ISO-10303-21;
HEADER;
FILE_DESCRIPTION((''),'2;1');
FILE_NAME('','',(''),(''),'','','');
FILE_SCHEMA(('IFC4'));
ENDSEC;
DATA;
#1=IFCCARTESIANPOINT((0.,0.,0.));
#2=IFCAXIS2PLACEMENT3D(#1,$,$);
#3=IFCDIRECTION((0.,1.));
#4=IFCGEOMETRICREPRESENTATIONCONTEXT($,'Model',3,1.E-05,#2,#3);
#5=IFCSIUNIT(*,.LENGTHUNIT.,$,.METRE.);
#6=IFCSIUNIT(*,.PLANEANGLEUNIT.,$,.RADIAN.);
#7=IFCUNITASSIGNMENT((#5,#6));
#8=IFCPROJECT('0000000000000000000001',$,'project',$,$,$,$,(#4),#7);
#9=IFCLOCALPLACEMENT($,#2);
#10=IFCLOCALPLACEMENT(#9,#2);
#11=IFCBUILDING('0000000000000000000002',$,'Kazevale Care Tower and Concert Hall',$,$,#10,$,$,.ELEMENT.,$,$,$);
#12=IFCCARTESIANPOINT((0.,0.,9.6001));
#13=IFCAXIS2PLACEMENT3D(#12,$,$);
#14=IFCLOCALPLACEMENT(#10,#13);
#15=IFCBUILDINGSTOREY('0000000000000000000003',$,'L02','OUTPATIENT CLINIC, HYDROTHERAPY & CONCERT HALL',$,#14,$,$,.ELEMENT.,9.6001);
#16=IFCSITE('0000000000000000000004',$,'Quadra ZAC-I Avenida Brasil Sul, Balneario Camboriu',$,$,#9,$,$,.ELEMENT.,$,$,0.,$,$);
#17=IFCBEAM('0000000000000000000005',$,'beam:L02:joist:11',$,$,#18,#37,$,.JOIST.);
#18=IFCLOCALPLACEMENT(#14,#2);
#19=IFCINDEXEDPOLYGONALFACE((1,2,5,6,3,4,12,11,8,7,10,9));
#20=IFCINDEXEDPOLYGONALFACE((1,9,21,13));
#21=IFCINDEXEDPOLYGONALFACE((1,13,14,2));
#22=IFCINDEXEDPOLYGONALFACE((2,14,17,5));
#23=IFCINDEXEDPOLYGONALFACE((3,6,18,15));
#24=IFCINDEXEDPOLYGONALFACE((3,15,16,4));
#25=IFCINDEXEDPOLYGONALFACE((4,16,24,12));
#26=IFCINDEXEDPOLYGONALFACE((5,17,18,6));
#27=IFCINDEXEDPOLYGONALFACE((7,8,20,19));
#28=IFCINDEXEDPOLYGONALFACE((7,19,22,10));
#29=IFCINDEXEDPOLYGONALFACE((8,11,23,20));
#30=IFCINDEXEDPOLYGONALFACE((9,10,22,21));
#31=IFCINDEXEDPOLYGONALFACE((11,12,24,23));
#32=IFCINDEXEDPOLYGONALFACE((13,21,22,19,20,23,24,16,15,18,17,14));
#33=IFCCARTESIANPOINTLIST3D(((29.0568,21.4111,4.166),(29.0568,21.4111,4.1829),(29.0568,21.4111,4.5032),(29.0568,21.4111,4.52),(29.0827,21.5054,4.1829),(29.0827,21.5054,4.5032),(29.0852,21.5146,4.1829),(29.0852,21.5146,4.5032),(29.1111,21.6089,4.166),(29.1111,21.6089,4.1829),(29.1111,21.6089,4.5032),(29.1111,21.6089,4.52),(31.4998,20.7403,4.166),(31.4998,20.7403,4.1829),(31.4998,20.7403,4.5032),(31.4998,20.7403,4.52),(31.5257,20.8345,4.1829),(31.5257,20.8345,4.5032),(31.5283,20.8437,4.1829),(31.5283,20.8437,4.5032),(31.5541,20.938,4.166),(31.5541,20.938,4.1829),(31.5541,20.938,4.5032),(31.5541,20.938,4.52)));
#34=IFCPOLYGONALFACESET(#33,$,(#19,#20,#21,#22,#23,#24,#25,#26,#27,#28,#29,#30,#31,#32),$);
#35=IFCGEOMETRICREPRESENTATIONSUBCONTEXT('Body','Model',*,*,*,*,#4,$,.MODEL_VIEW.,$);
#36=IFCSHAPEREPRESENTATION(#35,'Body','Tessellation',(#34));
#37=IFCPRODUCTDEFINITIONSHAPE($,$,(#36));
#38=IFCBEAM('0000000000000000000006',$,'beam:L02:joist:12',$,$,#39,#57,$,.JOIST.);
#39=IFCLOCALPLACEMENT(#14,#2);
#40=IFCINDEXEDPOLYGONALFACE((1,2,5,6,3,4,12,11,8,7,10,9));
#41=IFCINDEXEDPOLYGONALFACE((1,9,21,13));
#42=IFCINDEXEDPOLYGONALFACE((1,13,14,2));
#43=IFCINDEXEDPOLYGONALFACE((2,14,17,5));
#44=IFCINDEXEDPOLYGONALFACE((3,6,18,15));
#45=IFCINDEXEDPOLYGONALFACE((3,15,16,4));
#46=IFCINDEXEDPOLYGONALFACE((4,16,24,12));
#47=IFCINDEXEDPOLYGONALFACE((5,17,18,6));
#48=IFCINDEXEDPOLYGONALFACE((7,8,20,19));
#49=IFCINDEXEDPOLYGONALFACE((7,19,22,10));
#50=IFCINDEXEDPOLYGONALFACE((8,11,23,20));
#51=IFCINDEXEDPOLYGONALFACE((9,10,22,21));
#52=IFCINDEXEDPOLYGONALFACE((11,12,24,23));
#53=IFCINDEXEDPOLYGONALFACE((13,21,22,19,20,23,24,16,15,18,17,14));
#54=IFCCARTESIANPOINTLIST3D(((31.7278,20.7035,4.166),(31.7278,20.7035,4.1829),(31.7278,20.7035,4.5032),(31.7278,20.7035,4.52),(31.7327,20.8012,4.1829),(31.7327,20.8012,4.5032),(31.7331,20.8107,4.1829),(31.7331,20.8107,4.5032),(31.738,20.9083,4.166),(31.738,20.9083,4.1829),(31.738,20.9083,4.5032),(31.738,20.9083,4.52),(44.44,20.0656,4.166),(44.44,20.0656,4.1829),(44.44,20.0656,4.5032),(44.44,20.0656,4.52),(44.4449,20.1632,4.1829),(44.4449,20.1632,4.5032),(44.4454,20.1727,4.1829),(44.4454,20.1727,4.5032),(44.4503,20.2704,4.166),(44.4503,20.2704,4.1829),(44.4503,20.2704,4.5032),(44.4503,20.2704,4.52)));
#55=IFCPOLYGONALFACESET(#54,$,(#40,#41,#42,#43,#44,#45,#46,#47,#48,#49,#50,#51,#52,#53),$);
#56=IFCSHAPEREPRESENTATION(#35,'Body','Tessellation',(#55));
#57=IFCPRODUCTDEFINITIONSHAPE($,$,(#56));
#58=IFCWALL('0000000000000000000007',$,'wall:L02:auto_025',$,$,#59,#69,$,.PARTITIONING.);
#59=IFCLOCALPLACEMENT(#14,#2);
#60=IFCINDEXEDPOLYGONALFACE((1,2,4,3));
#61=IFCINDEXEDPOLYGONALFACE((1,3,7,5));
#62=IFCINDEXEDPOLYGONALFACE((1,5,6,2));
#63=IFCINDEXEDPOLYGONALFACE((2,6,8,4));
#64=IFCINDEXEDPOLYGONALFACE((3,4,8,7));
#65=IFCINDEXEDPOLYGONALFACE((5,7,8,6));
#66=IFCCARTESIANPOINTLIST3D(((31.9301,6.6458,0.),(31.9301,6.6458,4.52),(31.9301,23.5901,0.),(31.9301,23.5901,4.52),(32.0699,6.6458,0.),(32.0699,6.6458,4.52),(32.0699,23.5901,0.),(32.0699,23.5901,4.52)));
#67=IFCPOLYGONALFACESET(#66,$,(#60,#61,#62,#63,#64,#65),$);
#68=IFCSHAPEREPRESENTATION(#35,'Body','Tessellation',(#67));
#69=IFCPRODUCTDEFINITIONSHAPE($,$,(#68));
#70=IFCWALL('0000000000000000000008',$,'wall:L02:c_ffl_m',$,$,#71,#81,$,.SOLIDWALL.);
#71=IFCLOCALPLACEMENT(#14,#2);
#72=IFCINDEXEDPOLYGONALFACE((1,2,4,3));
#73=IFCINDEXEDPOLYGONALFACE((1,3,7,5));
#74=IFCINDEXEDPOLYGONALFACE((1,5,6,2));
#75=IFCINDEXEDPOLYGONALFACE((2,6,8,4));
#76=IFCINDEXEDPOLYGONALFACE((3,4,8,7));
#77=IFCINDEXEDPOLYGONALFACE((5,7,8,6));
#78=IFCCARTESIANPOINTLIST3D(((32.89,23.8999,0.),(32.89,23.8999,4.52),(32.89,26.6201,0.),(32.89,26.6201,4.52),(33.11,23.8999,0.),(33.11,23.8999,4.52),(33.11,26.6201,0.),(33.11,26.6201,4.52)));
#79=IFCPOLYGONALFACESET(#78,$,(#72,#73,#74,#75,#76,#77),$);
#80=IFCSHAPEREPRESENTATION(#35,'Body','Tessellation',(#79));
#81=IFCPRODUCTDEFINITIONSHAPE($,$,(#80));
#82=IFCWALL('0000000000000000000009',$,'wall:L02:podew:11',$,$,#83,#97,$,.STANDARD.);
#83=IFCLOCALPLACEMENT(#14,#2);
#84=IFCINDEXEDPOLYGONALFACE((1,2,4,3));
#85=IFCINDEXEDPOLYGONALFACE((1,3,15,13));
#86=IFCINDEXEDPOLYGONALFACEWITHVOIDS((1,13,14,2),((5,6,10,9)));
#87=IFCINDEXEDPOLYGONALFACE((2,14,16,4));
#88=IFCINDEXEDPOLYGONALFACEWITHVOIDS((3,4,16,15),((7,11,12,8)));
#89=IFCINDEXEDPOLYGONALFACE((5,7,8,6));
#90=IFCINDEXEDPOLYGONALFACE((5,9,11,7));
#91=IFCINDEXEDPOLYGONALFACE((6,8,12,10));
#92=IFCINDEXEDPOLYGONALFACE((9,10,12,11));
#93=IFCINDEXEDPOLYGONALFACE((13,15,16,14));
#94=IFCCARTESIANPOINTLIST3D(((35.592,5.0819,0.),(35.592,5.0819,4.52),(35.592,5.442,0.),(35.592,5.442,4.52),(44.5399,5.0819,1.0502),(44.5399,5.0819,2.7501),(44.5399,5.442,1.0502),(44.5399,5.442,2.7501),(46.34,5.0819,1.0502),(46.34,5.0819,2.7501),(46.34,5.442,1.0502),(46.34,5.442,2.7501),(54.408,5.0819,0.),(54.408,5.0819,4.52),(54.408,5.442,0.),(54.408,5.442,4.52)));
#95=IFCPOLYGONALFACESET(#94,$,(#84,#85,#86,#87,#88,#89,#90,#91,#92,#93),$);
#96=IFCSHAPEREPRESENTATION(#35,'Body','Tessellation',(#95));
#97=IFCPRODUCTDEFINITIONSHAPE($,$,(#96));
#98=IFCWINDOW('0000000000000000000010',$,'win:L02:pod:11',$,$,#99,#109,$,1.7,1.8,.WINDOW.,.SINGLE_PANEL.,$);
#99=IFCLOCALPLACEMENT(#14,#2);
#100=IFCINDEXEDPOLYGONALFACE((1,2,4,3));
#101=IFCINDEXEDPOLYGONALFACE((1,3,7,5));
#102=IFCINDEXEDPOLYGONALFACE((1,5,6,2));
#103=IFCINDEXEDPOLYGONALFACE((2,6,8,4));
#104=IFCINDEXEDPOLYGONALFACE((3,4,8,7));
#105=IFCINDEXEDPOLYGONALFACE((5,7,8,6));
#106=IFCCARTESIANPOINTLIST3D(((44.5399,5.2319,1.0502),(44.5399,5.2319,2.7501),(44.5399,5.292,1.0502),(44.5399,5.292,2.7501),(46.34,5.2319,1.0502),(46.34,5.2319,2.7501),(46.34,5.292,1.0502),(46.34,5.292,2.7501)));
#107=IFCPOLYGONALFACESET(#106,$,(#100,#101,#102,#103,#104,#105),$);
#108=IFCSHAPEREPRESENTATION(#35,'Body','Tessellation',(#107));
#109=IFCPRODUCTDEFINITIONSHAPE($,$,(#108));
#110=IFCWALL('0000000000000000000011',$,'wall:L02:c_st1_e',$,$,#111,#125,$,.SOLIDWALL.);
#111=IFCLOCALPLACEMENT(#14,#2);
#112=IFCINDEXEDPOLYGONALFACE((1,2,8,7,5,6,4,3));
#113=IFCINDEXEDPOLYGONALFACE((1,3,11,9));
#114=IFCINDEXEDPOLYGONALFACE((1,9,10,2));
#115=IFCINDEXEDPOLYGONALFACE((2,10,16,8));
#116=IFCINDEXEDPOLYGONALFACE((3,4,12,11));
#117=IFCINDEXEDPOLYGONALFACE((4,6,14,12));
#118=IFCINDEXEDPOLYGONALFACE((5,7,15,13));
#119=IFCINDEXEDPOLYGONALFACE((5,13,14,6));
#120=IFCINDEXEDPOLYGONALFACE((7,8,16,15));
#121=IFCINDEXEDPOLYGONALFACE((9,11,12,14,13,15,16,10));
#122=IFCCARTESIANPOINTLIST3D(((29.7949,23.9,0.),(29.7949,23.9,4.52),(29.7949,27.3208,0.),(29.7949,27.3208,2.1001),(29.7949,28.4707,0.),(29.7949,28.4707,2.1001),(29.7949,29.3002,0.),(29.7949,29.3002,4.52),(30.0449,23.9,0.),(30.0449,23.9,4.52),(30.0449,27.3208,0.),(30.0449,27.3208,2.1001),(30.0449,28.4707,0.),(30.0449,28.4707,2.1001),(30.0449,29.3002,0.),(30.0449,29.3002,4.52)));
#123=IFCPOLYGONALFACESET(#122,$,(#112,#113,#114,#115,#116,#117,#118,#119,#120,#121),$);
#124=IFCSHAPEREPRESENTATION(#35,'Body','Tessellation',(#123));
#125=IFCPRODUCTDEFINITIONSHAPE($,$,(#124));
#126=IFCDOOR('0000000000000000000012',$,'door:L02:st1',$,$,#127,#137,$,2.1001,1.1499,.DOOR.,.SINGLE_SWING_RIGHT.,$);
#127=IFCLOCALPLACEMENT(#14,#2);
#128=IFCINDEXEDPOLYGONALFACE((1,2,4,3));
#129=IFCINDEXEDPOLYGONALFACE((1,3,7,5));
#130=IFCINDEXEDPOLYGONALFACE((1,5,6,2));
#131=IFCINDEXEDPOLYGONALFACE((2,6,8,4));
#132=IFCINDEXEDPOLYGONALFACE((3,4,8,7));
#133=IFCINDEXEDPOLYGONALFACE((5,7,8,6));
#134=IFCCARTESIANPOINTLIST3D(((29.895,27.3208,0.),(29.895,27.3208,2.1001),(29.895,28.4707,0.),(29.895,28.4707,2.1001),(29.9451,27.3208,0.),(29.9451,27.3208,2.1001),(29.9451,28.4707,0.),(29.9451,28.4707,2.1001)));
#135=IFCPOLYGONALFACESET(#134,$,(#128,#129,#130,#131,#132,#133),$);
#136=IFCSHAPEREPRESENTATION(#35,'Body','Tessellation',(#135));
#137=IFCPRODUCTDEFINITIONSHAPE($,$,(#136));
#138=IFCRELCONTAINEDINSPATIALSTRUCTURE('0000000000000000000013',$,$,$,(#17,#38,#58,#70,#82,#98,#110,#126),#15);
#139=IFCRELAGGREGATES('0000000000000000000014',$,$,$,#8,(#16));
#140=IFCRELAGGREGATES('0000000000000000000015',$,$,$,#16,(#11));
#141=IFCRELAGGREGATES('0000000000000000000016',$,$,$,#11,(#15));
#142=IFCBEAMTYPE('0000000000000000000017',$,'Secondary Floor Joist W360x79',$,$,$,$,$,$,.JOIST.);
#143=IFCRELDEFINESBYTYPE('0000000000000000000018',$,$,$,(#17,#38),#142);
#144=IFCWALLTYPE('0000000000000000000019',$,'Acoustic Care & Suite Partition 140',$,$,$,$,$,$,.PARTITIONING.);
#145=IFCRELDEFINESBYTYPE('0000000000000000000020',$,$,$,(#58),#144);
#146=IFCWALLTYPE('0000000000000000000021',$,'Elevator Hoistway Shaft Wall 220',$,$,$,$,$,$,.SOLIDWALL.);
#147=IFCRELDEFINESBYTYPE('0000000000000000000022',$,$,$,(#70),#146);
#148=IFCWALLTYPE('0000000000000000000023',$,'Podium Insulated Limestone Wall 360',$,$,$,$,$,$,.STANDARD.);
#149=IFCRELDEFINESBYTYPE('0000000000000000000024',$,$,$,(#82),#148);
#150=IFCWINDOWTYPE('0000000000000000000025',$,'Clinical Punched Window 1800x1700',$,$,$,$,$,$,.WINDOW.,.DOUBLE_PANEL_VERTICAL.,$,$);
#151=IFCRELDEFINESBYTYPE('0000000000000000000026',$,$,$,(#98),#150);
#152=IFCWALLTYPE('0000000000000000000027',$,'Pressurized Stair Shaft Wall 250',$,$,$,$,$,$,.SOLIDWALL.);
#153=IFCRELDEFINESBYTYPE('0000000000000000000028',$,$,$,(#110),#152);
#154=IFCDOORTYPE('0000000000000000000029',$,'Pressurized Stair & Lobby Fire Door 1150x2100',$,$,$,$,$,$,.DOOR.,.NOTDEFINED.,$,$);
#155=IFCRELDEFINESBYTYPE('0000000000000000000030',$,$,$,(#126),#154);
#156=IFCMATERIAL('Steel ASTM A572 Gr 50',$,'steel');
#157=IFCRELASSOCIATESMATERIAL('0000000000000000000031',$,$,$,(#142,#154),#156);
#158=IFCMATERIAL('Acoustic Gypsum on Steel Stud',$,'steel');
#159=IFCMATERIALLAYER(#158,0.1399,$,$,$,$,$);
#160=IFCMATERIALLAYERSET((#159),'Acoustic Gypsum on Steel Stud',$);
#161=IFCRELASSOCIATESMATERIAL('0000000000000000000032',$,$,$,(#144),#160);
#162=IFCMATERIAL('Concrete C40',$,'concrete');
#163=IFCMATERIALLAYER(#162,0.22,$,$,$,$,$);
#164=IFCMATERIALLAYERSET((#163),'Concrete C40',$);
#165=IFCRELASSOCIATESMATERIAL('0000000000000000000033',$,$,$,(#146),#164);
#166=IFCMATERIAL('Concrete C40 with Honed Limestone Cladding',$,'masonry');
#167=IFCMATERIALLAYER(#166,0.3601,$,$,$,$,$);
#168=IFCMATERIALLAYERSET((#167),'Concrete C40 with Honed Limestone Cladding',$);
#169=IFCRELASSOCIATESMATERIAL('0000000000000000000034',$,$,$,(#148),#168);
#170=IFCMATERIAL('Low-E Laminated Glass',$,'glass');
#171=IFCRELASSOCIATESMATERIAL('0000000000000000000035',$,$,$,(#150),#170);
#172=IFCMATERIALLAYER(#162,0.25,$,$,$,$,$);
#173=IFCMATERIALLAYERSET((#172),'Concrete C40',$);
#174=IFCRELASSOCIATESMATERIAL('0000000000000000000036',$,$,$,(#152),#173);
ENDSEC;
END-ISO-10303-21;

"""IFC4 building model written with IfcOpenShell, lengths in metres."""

from ifc_helpers import new_model, si_unit, direction, frame, frame_2d, origin, origin_2d, place, context, subcontext, project, spatial, rectangle, i_section, extrude, material, layer, layer_set, material_profile, profile_set, type_object, element, fill, save


model = new_model("IFC4")

# Units and contexts
model_context = context("Model", 3, precision=1e-05, world=origin(), true_north=direction((0.0, 1.0)))
body_context = subcontext(model_context, "Body", "Model", "MODEL_VIEW")
ifc_project = project(units=[si_unit("LENGTHUNIT", "METRE"), si_unit("PLANEANGLEUNIT", "RADIAN")], contexts=[model_context])

# Site, building, storey
site_placement = place(None, origin())
site = spatial("IfcSite", under=ifc_project, at=site_placement, Name="Quadra ZAC-I Avenida Brasil Sul, Balneario Camboriu", CompositionType="ELEMENT", RefElevation=0.0)
building_placement = place(site_placement, origin())
building = spatial("IfcBuilding", under=site, at=building_placement, Name="Kazevale Care Tower and Concert Hall", CompositionType="ELEMENT")
storey_placement = place(building_placement, frame((0.0, 0.0, 9.6001)))
storey = spatial("IfcBuildingStorey", under=building, at=storey_placement, Name="L02", Description="OUTPATIENT CLINIC, HYDROTHERAPY & CONCERT HALL", CompositionType="ELEMENT", Elevation=9.6001)

# Beams
ifc_material_1 = material(Name="Steel ASTM A572 Gr 50", Category="steel")
ifc_material_profile_1 = material_profile(ifc_material_1, i_section(OverallWidth=0.2051, OverallDepth=0.354, WebThickness=0.0095, FlangeThickness=0.0168, at=origin_2d()), Name="W360x79")
ifc_profile_set_1 = profile_set([ifc_material_profile_1], Name="Steel ASTM A572 Gr 50")
beam_type_1 = type_object("IfcBeamType", Name="Secondary Floor Joist W360x79", PredefinedType="JOIST", material=ifc_profile_set_1)
beam_1_placement = place(storey_placement, frame((29.084, 21.51, 4.343), z_axis=(0.964302, -0.264805, 0.0), x_axis=(0.264805, 0.964302, 0.0)))
element("IfcBeam", 1, at=beam_1_placement, inside=storey, type_object=beam_type_1, Name="beam:L02:joist:11", PredefinedType="JOIST", context=body_context, shape_type="SweptSolid", body=[
    extrude(i_section(OverallWidth=0.2051, OverallDepth=0.354, WebThickness=0.0095, FlangeThickness=0.0168, at=origin_2d()), origin(), (0.0, 0.0, 1.0), 2.5334),
])
beam_2_placement = place(storey_placement, frame((31.7329, 20.8059, 4.343), z_axis=(0.998743, -0.05012, 0.0), x_axis=(0.05012, 0.998743, 0.0)))
element("IfcBeam", 2, at=beam_2_placement, inside=storey, type_object=beam_type_1, Name="beam:L02:joist:12", PredefinedType="JOIST", context=body_context, shape_type="SweptSolid", body=[
    extrude(i_section(OverallWidth=0.2051, OverallDepth=0.354, WebThickness=0.0095, FlangeThickness=0.0168, at=origin_2d()), origin(), (0.0, 0.0, 1.0), 12.7283),
])

# Walls
ifc_material_2 = material(Name="Acoustic Gypsum on Steel Stud", Category="steel")
ifc_layer_1 = layer(ifc_material_2, 0.1399)
ifc_layer_set_1 = layer_set([ifc_layer_1], Name="Acoustic Gypsum on Steel Stud")
wall_type_1 = type_object("IfcWallType", Name="Acoustic Care & Suite Partition 140", PredefinedType="PARTITIONING", material=ifc_layer_set_1)
wall_1_placement = place(storey_placement, frame((32.0, 23.5901, 0.0), z_axis=(0.0, 0.0, 1.0), x_axis=(0.0, -1.0, 0.0)))
element("IfcWall", 3, at=wall_1_placement, inside=storey, type_object=wall_type_1, Name="wall:L02:auto_025", PredefinedType="PARTITIONING", context=body_context, shape_type="SweptSolid", body=[
    extrude(rectangle(XDim=16.9443, YDim=0.1399, at=frame_2d((8.4722, 0.0))), origin(), (0.0, 0.0, 1.0), 4.52),
])
ifc_material_3 = material(Name="Concrete C40", Category="concrete")
ifc_layer_2 = layer(ifc_material_3, 0.22)
ifc_layer_set_2 = layer_set([ifc_layer_2], Name="Concrete C40")
wall_type_2 = type_object("IfcWallType", Name="Elevator Hoistway Shaft Wall 220", PredefinedType="SOLIDWALL", material=ifc_layer_set_2)
wall_2_placement = place(storey_placement, frame((33.0, 23.8999, 0.0), z_axis=(0.0, 0.0, 1.0), x_axis=(0.0, 1.0, 0.0)))
element("IfcWall", 4, at=wall_2_placement, inside=storey, type_object=wall_type_2, Name="wall:L02:c_ffl_m", PredefinedType="SOLIDWALL", context=body_context, shape_type="SweptSolid", body=[
    extrude(rectangle(XDim=2.7202, YDim=0.22, at=frame_2d((1.3601, 0.0))), origin(), (0.0, 0.0, 1.0), 4.52),
])

# Wall, opening, window
ifc_material_4 = material(Name="Concrete C40 with Honed Limestone Cladding", Category="masonry")
ifc_layer_3 = layer(ifc_material_4, 0.3601)
ifc_layer_set_3 = layer_set([ifc_layer_3], Name="Concrete C40 with Honed Limestone Cladding")
wall_type_3 = type_object("IfcWallType", Name="Podium Insulated Limestone Wall 360", PredefinedType="STANDARD", material=ifc_layer_set_3)
wall_3_placement = place(storey_placement, frame((35.592, 5.262, 0.0), z_axis=(0.0, 0.0, 1.0), x_axis=(1.0, 0.0, 0.0)))
wall_3 = element("IfcWall", 5, at=wall_3_placement, inside=storey, type_object=wall_type_3, Name="wall:L02:podew:11", PredefinedType="STANDARD", context=body_context, shape_type="SweptSolid", body=[
    extrude(rectangle(XDim=18.8159, YDim=0.3601, at=frame_2d((9.408, 0.0))), origin(), (0.0, 0.0, 1.0), 4.52),
])
opening_1_placement = place(wall_3_placement, frame((8.948, 0.0, 1.05)))
opening_1 = element("IfcOpeningElement", 6, at=opening_1_placement, cuts=wall_3, PredefinedType="OPENING", context=body_context, shape_type="SweptSolid", body=[
    extrude(rectangle(XDim=1.8, YDim=1.7, at=frame_2d((0.8999, 0.8501))), frame((0.0, 0.1899, 0.0), z_axis=(0.0, -1.0, 0.0), x_axis=(1.0, 0.0, 0.0)), (0.0, 0.0, 1.0), 0.3801),
])
ifc_material_5 = material(Name="Low-E Laminated Glass", Category="glass")
window_type = type_object("IfcWindowType", Name="Clinical Punched Window 1800x1700", PartitioningType="DOUBLE_PANEL_VERTICAL", PredefinedType="WINDOW", material=ifc_material_5)
window_placement = place(opening_1_placement, origin())
window = element("IfcWindow", 7, at=window_placement, inside=storey, type_object=window_type, Name="win:L02:pod:11", OverallHeight=1.7, OverallWidth=1.8, PartitioningType="SINGLE_PANEL", PredefinedType="WINDOW", context=body_context, shape_type="SweptSolid", body=[
    extrude(rectangle(XDim=1.8, YDim=1.7, at=frame_2d((0.8999, 0.8501))), frame((0.0, 0.03, 0.0), z_axis=(0.0, -1.0, 0.0), x_axis=(1.0, 0.0, 0.0)), (0.0, 0.0, 1.0), 0.0601),
])
fill(opening_1, window)

# Wall, opening, door
ifc_layer_4 = layer(ifc_material_3, 0.25)
ifc_layer_set_4 = layer_set([ifc_layer_4], Name="Concrete C40")
wall_type_4 = type_object("IfcWallType", Name="Pressurized Stair Shaft Wall 250", PredefinedType="SOLIDWALL", material=ifc_layer_set_4)
wall_4_placement = place(storey_placement, frame((29.9199, 23.8999, 0.0), z_axis=(0.0, 0.0, 1.0), x_axis=(0.0, 1.0, 0.0)))
wall_4 = element("IfcWall", 8, at=wall_4_placement, inside=storey, type_object=wall_type_4, Name="wall:L02:c_st1_e", PredefinedType="SOLIDWALL", context=body_context, shape_type="SweptSolid", body=[
    extrude(rectangle(XDim=5.4001, YDim=0.25, at=frame_2d((2.7002, 0.0))), origin(), (0.0, 0.0, 1.0), 4.52),
])
opening_2_placement = place(wall_4_placement, frame((3.4209, 0.0, 0.0)))
opening_2 = element("IfcOpeningElement", 9, at=opening_2_placement, cuts=wall_4, PredefinedType="OPENING", context=body_context, shape_type="SweptSolid", body=[
    extrude(rectangle(XDim=1.1499, YDim=2.1001, at=frame_2d((0.575, 1.05))), frame((0.0, 0.135, 0.0), z_axis=(0.0, -1.0, 0.0), x_axis=(1.0, 0.0, 0.0)), (0.0, 0.0, 1.0), 0.27),
])
door_type = type_object("IfcDoorType", Name="Pressurized Stair & Lobby Fire Door 1150x2100", OperationType="NOTDEFINED", PredefinedType="DOOR", material=ifc_material_1)
door_placement = place(opening_2_placement, origin())
door = element("IfcDoor", 10, at=door_placement, inside=storey, type_object=door_type, Name="door:L02:st1", OperationType="SINGLE_SWING_RIGHT", OverallHeight=2.1001, OverallWidth=1.1499, PredefinedType="DOOR", context=body_context, shape_type="SweptSolid", body=[
    extrude(rectangle(XDim=1.1499, YDim=2.1001, at=frame_2d((0.575, 1.05))), frame((0.0, 0.0249, 0.0), z_axis=(0.0, -1.0, 0.0), x_axis=(1.0, 0.0, 0.0)), (0.0, 0.0, 1.0), 0.05),
])
fill(opening_2, door)

save(model, "model.ifc")
